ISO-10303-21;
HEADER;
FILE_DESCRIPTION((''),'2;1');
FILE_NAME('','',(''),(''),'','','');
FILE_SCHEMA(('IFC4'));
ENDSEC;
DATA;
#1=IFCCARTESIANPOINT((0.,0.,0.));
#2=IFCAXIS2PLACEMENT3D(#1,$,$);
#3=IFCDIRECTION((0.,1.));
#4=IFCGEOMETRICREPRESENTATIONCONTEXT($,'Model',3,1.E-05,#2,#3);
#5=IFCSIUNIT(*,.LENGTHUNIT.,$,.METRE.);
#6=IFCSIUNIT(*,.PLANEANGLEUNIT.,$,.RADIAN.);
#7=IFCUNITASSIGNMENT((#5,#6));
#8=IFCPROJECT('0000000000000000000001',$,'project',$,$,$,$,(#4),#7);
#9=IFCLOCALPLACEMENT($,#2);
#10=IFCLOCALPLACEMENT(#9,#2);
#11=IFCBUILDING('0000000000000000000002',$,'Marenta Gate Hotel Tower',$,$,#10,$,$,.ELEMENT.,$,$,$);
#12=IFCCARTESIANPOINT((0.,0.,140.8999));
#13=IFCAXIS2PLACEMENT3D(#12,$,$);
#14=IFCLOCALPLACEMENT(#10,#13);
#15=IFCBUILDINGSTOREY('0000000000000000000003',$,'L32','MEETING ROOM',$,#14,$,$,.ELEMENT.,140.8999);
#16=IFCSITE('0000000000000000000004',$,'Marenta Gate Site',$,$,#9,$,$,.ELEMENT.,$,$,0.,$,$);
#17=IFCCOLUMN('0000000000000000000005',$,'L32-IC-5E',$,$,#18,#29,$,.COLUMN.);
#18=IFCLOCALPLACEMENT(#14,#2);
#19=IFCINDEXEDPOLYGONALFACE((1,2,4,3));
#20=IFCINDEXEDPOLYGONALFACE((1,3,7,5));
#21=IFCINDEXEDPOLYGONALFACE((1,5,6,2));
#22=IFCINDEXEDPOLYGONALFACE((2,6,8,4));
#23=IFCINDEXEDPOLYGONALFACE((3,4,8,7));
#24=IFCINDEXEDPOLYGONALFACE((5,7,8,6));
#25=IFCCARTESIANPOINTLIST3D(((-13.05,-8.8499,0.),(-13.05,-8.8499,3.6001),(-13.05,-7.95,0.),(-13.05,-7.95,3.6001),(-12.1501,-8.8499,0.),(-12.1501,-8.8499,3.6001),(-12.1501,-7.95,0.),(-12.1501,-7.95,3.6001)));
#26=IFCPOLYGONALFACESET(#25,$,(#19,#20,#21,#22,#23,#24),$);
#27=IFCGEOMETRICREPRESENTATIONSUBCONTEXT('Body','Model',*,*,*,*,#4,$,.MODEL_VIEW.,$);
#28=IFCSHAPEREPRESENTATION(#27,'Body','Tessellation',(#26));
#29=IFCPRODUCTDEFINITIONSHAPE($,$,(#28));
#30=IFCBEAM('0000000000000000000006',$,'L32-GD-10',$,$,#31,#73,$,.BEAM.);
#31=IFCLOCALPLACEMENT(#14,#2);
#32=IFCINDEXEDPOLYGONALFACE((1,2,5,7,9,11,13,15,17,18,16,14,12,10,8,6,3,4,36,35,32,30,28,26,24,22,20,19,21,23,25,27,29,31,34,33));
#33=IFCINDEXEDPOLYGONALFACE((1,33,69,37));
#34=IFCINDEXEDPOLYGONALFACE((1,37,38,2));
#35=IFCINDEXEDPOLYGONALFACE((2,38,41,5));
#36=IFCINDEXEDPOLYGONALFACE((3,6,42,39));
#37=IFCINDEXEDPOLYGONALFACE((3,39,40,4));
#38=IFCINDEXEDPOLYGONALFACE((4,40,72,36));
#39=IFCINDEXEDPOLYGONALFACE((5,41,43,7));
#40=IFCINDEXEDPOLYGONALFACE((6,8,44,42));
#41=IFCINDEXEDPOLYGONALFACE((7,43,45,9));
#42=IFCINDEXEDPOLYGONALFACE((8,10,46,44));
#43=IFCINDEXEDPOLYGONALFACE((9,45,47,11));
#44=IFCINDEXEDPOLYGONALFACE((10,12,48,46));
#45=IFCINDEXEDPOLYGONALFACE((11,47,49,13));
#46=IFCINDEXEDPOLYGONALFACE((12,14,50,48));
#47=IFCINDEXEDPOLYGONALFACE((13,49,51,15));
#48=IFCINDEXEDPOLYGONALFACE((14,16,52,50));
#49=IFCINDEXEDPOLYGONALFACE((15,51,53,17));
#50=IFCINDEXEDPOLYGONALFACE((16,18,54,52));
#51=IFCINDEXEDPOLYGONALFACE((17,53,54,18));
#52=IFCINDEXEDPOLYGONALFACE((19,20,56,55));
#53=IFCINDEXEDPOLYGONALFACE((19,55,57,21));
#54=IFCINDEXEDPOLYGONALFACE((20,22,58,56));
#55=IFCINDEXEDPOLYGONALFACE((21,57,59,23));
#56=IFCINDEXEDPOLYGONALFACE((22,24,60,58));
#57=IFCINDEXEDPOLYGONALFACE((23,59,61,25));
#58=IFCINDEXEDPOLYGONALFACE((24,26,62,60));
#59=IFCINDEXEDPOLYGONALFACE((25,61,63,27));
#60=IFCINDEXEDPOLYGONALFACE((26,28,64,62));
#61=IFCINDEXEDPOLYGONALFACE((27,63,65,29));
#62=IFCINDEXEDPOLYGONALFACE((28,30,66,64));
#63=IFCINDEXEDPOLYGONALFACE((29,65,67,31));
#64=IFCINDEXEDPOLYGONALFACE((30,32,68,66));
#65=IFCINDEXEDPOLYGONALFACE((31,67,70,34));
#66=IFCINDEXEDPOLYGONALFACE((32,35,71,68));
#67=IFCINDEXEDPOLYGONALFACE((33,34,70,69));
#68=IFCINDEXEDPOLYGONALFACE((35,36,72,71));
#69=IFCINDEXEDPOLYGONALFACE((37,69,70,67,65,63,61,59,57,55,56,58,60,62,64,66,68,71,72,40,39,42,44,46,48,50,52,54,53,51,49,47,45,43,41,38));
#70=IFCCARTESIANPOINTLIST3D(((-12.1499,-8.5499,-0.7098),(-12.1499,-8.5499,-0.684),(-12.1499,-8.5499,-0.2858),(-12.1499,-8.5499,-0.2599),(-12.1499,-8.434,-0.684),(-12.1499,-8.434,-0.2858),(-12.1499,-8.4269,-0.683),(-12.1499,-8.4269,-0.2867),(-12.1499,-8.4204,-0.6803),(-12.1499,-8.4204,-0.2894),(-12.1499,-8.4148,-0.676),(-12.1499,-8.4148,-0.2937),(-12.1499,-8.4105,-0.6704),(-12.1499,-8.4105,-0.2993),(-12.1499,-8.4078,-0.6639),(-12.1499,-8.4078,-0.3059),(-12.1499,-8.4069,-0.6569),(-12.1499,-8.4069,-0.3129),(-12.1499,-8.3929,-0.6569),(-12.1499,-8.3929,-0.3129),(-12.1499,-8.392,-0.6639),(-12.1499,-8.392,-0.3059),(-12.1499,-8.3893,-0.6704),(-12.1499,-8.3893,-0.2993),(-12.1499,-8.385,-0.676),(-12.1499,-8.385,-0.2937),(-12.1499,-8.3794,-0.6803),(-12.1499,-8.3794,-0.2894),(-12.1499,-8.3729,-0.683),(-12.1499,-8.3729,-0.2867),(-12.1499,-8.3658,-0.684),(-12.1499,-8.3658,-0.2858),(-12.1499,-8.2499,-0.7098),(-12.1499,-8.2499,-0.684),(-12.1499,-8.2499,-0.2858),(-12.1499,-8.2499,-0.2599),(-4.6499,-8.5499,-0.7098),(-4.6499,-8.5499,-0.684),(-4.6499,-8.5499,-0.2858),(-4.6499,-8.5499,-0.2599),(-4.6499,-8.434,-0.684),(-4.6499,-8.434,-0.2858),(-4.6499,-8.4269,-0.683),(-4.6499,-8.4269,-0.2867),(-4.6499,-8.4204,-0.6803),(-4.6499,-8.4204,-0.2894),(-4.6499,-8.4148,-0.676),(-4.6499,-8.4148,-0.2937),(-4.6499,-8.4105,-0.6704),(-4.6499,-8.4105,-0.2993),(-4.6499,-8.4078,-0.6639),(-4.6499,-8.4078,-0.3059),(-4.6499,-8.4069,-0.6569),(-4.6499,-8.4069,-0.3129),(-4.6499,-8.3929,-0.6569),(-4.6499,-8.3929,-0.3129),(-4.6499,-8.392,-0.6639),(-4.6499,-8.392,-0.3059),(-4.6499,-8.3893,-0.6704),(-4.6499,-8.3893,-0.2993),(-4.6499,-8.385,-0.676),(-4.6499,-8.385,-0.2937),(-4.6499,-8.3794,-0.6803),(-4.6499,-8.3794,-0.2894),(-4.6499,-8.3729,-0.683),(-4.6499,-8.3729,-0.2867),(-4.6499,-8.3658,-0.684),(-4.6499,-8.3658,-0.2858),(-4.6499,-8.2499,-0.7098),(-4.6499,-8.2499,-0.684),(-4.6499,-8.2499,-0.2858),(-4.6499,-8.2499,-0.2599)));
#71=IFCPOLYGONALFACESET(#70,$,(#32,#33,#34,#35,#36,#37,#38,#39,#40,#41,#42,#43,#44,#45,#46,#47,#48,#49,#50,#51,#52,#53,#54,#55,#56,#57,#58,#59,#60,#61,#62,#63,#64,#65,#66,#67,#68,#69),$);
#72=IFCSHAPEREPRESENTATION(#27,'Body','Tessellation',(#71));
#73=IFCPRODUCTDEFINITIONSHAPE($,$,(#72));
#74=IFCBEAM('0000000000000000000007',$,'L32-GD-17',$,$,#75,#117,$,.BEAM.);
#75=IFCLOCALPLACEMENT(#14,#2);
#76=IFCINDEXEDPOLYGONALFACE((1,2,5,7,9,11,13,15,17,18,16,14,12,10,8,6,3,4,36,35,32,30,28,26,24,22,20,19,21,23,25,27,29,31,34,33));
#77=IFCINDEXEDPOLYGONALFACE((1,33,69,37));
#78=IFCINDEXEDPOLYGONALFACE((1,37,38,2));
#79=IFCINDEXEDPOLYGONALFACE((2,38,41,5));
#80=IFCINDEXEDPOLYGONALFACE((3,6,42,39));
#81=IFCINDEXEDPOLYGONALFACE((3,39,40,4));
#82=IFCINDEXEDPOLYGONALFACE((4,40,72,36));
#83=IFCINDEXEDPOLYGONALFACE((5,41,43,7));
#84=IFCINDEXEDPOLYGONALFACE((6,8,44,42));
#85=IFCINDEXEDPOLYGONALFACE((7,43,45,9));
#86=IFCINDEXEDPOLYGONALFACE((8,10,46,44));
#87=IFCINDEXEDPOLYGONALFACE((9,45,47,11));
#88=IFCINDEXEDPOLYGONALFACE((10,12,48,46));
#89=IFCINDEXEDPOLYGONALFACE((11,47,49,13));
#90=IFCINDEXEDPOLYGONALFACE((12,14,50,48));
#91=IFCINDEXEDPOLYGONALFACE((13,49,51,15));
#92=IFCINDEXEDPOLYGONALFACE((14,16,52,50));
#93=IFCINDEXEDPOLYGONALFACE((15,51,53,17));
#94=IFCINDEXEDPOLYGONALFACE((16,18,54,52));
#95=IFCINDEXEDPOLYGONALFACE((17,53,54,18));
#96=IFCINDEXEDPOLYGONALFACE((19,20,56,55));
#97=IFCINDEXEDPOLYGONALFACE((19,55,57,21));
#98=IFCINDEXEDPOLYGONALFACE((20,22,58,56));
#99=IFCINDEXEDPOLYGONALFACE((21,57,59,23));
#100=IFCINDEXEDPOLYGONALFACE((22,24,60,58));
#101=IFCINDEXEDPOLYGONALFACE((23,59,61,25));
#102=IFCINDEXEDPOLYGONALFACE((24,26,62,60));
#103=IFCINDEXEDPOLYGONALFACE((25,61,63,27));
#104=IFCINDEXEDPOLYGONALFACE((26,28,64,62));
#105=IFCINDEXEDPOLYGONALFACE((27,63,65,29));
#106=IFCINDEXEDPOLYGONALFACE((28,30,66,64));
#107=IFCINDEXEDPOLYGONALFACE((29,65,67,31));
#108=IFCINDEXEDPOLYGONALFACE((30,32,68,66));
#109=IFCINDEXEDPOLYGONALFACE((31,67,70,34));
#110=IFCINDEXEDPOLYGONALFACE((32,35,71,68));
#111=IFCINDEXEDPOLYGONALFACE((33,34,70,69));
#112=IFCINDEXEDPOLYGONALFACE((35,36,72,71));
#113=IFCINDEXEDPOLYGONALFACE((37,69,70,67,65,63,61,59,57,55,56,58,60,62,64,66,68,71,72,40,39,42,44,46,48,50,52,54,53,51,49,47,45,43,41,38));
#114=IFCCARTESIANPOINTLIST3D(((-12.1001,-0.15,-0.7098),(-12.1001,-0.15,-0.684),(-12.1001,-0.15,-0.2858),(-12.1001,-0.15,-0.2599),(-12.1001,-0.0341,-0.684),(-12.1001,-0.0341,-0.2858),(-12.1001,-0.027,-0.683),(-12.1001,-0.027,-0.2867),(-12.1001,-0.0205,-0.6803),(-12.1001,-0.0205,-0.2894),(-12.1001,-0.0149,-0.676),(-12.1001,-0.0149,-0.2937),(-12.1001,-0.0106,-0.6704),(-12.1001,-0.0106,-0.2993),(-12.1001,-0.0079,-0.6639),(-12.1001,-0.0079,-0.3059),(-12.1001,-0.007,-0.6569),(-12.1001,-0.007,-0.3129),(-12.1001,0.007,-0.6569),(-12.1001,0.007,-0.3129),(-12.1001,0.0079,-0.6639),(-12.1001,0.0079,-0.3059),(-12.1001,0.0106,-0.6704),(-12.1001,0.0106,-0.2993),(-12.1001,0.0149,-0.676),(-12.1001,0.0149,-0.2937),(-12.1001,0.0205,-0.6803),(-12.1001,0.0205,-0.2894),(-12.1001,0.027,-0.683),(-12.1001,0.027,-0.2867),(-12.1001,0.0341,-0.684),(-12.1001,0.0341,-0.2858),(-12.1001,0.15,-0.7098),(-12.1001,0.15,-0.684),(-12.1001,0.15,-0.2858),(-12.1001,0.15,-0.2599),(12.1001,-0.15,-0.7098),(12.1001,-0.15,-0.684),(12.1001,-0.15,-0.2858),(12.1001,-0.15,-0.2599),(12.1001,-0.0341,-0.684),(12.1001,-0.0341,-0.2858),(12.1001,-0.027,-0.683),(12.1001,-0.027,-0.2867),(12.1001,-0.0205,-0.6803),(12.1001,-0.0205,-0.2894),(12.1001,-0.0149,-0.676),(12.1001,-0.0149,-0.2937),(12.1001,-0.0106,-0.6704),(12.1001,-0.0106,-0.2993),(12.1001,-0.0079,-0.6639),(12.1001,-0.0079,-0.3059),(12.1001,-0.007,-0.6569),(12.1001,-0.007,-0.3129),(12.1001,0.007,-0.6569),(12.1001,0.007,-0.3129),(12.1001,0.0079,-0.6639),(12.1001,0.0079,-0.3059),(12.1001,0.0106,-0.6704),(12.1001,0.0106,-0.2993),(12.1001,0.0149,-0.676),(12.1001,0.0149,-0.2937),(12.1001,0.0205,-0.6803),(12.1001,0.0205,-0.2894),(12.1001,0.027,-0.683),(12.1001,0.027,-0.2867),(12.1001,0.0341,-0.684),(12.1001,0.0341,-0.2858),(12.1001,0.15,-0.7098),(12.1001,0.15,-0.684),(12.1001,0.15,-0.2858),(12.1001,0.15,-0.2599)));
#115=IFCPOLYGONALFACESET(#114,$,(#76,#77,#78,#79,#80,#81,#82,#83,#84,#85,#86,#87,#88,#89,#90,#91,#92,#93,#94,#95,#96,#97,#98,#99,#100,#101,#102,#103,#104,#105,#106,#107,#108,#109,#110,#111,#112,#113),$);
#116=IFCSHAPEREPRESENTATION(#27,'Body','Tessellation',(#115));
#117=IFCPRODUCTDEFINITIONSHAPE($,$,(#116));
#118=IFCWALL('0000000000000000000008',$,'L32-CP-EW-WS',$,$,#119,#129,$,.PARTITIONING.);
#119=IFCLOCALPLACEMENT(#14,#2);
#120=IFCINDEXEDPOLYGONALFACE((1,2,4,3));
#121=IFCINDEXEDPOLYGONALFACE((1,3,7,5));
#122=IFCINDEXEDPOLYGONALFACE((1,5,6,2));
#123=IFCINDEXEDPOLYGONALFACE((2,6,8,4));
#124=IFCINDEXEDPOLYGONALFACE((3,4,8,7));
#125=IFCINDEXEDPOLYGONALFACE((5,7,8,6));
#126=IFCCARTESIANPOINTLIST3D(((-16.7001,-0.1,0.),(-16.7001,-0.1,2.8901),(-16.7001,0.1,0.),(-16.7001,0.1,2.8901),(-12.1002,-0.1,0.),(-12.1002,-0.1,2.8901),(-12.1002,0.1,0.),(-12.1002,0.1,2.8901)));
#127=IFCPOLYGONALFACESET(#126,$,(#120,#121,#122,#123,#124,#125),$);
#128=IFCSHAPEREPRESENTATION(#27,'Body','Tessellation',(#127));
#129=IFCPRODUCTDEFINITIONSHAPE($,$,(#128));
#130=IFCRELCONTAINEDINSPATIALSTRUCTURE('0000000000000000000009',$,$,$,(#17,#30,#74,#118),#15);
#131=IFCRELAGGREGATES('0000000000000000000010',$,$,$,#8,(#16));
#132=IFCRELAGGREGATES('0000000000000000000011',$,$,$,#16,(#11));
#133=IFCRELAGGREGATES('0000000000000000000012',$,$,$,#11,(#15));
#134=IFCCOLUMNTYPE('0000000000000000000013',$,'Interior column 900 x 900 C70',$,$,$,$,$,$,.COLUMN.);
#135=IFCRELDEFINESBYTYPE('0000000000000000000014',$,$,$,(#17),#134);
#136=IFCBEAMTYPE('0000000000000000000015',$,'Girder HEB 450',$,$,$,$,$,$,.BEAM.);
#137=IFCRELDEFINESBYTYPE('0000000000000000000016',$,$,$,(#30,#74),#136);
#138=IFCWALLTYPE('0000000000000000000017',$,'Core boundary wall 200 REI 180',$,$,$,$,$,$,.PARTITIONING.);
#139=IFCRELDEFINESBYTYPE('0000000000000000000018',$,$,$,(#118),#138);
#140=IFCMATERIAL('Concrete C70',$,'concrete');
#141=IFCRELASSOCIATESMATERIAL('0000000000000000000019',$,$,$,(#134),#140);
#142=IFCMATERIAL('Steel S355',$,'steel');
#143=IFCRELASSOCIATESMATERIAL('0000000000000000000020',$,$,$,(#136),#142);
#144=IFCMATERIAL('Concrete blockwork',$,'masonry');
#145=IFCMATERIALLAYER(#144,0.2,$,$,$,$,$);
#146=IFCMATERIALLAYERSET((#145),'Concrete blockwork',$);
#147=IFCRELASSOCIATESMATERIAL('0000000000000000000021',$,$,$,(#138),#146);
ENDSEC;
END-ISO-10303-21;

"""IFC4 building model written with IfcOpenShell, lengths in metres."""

from ifc_helpers import new_model, si_unit, direction, frame, frame_2d, origin, origin_2d, place, context, subcontext, project, spatial, rectangle, i_section, extrude, material, layer, layer_set, material_profile, profile_set, type_object, element, save


model = new_model("IFC4")

# Units and contexts
model_context = context("Model", 3, precision=1e-05, world=origin(), true_north=direction((0.0, 1.0)))
body_context = subcontext(model_context, "Body", "Model", "MODEL_VIEW")
ifc_project = project(units=[si_unit("LENGTHUNIT", "METRE"), si_unit("PLANEANGLEUNIT", "RADIAN")], contexts=[model_context])

# Site, building, storey
site_placement = place(None, origin())
site = spatial("IfcSite", under=ifc_project, at=site_placement, Name="Marenta Gate Site", CompositionType="ELEMENT", RefElevation=0.0)
building_placement = place(site_placement, origin())
building = spatial("IfcBuilding", under=site, at=building_placement, Name="Marenta Gate Hotel Tower", CompositionType="ELEMENT")
storey_placement = place(building_placement, frame((0.0, 0.0, 140.8999)))
storey = spatial("IfcBuildingStorey", under=building, at=storey_placement, Name="L32", Description="MEETING ROOM", CompositionType="ELEMENT", Elevation=140.8999)

# Column
ifc_material_1 = material(Name="Concrete C70", Category="concrete")
ifc_material_profile_1 = material_profile(ifc_material_1, rectangle(XDim=0.8999, YDim=0.8999, at=origin_2d()), Name="900 x 900")
ifc_profile_set_1 = profile_set([ifc_material_profile_1], Name="Concrete C70")
column_type = type_object("IfcColumnType", Name="Interior column 900 x 900 C70", PredefinedType="COLUMN", material=ifc_profile_set_1)
column_placement = place(storey_placement, frame((-12.6001, -8.3999, 0.0), z_axis=(0.0, 0.0, 1.0), x_axis=(1.0, 0.0, 0.0)))
element("IfcColumn", 1, at=column_placement, inside=storey, type_object=column_type, Name="L32-IC-5E", PredefinedType="COLUMN", context=body_context, shape_type="SweptSolid", body=[
    extrude(rectangle(XDim=0.8999, YDim=0.8999, at=origin_2d()), origin(), (0.0, 0.0, 1.0), 3.6001),
])

# Beams
ifc_material_2 = material(Name="Steel S355", Category="steel")
ifc_material_profile_2 = material_profile(ifc_material_2, i_section(OverallWidth=0.3, OverallDepth=0.45, WebThickness=0.0139, FlangeThickness=0.0259, FilletRadius=0.0271, at=origin_2d()), Name="HEB 450")
ifc_profile_set_2 = profile_set([ifc_material_profile_2], Name="Steel S355")
beam_type = type_object("IfcBeamType", Name="Girder HEB 450", PredefinedType="BEAM", material=ifc_profile_set_2)
beam_1_placement = place(storey_placement, frame((-12.1499, -8.3999, -0.4849), z_axis=(1.0, 0.0, 0.0), x_axis=(0.0, 1.0, 0.0)))
element("IfcBeam", 2, at=beam_1_placement, inside=storey, type_object=beam_type, Name="L32-GD-10", PredefinedType="BEAM", context=body_context, shape_type="SweptSolid", body=[
    extrude(i_section(OverallWidth=0.3, OverallDepth=0.45, WebThickness=0.0139, FlangeThickness=0.0259, FilletRadius=0.0271, at=origin_2d()), origin(), (0.0, 0.0, 1.0), 7.5),
])
beam_2_placement = place(storey_placement, frame((-12.1001, 0.0, -0.4849), z_axis=(1.0, 0.0, 0.0), x_axis=(0.0, 1.0, 0.0)))
element("IfcBeam", 3, at=beam_2_placement, inside=storey, type_object=beam_type, Name="L32-GD-17", PredefinedType="BEAM", context=body_context, shape_type="SweptSolid", body=[
    extrude(i_section(OverallWidth=0.3, OverallDepth=0.45, WebThickness=0.0139, FlangeThickness=0.0259, FilletRadius=0.0271, at=origin_2d()), origin(), (0.0, 0.0, 1.0), 24.2002),
])

# Wall
ifc_material_3 = material(Name="Concrete blockwork", Category="masonry")
ifc_layer_1 = layer(ifc_material_3, 0.2)
ifc_layer_set_1 = layer_set([ifc_layer_1], Name="Concrete blockwork")
wall_type_1 = type_object("IfcWallType", Name="Core boundary wall 200 REI 180", PredefinedType="PARTITIONING", material=ifc_layer_set_1)
wall_1_placement = place(storey_placement, frame((-16.7, 0.0, 0.0), z_axis=(0.0, 0.0, 1.0), x_axis=(1.0, 0.0, 0.0)))
element("IfcWall", 4, at=wall_1_placement, inside=storey, type_object=wall_type_1, Name="L32-CP-EW-WS", PredefinedType="PARTITIONING", context=body_context, shape_type="SweptSolid", body=[
    extrude(rectangle(XDim=4.5999, YDim=0.2, at=frame_2d((2.2998, 0.0))), origin(), (0.0, 0.0, 1.0), 2.8901),
])

save(model, "model.ifc")
